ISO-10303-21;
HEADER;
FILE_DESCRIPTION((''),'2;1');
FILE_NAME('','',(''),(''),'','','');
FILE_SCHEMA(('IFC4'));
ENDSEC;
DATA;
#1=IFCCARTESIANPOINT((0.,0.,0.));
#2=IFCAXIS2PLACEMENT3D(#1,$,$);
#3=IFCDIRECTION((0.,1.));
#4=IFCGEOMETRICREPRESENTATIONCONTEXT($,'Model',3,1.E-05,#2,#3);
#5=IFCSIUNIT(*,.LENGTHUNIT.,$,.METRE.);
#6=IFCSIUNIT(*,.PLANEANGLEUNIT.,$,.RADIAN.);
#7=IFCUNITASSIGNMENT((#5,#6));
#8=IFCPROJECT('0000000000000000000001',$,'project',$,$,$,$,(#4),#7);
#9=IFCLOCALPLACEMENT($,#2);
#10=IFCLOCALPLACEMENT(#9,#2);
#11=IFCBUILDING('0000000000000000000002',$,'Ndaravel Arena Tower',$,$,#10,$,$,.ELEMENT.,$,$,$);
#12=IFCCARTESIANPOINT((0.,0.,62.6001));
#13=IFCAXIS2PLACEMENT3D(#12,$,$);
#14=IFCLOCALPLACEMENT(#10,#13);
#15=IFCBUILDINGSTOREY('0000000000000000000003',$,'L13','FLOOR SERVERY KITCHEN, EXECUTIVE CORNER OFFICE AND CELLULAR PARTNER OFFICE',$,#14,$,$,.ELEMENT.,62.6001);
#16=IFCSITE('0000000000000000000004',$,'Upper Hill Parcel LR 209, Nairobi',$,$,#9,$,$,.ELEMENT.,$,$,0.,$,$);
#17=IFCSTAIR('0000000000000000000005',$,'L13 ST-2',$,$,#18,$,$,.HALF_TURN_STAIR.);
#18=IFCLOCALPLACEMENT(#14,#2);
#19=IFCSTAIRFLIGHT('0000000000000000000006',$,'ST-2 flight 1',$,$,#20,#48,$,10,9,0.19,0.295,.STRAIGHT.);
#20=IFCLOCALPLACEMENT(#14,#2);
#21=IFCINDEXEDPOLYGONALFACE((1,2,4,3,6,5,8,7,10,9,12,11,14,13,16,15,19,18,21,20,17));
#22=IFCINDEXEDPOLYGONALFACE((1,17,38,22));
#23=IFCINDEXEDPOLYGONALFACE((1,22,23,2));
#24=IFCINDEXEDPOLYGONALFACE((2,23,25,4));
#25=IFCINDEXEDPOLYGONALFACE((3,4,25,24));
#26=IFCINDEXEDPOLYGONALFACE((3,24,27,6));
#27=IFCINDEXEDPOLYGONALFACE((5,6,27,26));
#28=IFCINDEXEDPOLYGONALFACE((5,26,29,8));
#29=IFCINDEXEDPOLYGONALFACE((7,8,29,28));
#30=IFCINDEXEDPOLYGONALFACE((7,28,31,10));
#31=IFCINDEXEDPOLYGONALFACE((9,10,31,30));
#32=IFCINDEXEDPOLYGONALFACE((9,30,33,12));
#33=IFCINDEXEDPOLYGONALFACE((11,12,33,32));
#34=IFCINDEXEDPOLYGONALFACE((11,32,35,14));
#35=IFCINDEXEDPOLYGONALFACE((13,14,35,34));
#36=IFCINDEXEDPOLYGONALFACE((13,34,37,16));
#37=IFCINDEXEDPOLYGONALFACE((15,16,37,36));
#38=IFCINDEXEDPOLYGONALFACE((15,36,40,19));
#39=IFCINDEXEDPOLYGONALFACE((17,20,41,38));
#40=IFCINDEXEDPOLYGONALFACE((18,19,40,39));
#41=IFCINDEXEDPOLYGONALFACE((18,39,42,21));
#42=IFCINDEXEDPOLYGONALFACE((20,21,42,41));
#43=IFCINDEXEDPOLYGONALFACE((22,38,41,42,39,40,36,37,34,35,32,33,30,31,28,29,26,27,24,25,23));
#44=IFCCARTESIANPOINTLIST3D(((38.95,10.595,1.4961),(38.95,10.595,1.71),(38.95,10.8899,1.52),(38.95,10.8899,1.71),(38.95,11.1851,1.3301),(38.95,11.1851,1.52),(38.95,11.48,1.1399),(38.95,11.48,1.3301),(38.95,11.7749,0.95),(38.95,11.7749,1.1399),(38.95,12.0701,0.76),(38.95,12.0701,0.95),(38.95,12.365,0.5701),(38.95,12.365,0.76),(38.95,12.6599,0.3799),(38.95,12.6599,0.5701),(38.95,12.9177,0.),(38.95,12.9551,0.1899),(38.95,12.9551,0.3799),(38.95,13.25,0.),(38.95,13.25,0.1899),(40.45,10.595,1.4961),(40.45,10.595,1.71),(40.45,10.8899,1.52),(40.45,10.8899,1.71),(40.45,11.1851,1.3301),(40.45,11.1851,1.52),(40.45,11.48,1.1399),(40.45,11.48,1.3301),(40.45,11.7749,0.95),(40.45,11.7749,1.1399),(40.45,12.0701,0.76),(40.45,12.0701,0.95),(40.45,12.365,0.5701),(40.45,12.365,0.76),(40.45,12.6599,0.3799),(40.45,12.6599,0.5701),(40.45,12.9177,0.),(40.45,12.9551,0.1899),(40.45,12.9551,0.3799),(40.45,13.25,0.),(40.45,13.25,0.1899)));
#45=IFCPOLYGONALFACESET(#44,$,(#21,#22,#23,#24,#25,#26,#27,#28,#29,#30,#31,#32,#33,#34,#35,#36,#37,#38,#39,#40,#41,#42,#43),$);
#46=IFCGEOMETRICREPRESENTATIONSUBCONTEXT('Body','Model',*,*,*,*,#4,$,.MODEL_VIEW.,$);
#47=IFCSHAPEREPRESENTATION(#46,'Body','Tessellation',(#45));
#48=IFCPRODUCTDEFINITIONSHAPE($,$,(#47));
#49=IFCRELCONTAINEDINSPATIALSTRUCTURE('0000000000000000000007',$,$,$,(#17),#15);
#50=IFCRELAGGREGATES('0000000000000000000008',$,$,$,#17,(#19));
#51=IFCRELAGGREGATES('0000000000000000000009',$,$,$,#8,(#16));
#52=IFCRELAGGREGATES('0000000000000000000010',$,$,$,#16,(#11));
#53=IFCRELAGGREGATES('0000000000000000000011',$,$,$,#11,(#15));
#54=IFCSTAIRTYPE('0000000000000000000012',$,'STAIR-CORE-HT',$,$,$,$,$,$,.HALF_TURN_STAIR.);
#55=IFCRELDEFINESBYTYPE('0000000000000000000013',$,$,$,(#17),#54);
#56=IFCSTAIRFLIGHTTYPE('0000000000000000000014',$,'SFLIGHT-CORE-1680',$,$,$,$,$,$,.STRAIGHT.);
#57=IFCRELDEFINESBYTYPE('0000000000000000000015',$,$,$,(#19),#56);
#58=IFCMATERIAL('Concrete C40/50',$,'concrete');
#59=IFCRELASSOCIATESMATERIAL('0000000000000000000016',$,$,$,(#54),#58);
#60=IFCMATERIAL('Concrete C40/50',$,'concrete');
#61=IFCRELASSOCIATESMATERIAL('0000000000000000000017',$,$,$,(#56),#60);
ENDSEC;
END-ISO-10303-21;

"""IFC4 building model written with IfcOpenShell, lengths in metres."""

from ifc_helpers import new_model, si_unit, direction, frame, origin, place, context, subcontext, project, spatial, polyline, outline, extrude, material, type_object, element, aggregate, save


model = new_model("IFC4")

# Units and contexts
model_context = context("Model", 3, precision=1e-05, world=origin(), true_north=direction((0.0, 1.0)))
body_context = subcontext(model_context, "Body", "Model", "MODEL_VIEW")
ifc_project = project(units=[si_unit("LENGTHUNIT", "METRE"), si_unit("PLANEANGLEUNIT", "RADIAN")], contexts=[model_context])

# Site, building, storey
site_placement = place(None, origin())
site = spatial("IfcSite", under=ifc_project, at=site_placement, Name="Upper Hill Parcel LR 209, Nairobi", CompositionType="ELEMENT", RefElevation=0.0)
building_placement = place(site_placement, origin())
building = spatial("IfcBuilding", under=site, at=building_placement, Name="Ndaravel Arena Tower", CompositionType="ELEMENT")
storey_placement = place(building_placement, frame((0.0, 0.0, 62.6001)))
storey = spatial("IfcBuildingStorey", under=building, at=storey_placement, Name="L13", Description="FLOOR SERVERY KITCHEN, EXECUTIVE CORNER OFFICE AND CELLULAR PARTNER OFFICE", CompositionType="ELEMENT", Elevation=62.6001)

# Stair, stair flight
ifc_material_1 = material(Name="Concrete C40/50", Category="concrete")
stair_type = type_object("IfcStairType", Name="STAIR-CORE-HT", PredefinedType="HALF_TURN_STAIR", material=ifc_material_1)
stair_placement = place(storey_placement, origin())
stair = element("IfcStair", 1, at=stair_placement, inside=storey, type_object=stair_type, Name="L13 ST-2", PredefinedType="HALF_TURN_STAIR")
ifc_material_2 = material(Name="Concrete C40/50", Category="concrete")
stair_flight_type = type_object("IfcStairFlightType", Name="SFLIGHT-CORE-1680", PredefinedType="STRAIGHT", material=ifc_material_2)
stair_flight_placement = place(storey_placement, frame((39.7, 13.25, 0.0), z_axis=(0.0, 0.0, 1.0), x_axis=(0.0, -1.0, 0.0)))
stair_flight = element("IfcStairFlight", 2, at=stair_flight_placement, type_object=stair_flight_type, Name="ST-2 flight 1", NumberOfRisers=10, NumberOfTreads=9, PredefinedType="STRAIGHT", RiserHeight=0.19, TreadLength=0.295, context=body_context, shape_type="SweptSolid", body=[
    extrude(outline(polyline([(0.0, 0.0), (0.0, 0.1899), (0.2949, 0.1899), (0.2949, 0.3799), (0.5901, 0.3799), (0.5901, 0.5701), (0.885, 0.5701), (0.885, 0.76), (1.1799, 0.76), (1.1799, 0.95), (1.4751, 0.95), (1.4751, 1.1399), (1.77, 1.1399), (1.77, 1.3301), (2.0649, 1.3301), (2.0649, 1.52), (2.3601, 1.52), (2.3601, 1.71), (2.655, 1.71), (2.655, 1.8999), (2.655, 1.4961), (0.3323, 0.0), (0.0, 0.0)])), frame((0.0, 0.75, 0.0), z_axis=(0.0, -1.0, 0.0), x_axis=(1.0, 0.0, 0.0)), (0.0, 0.0, 1.0), 1.5),
])
aggregate(stair, [stair_flight])

save(model, "model.ifc")
